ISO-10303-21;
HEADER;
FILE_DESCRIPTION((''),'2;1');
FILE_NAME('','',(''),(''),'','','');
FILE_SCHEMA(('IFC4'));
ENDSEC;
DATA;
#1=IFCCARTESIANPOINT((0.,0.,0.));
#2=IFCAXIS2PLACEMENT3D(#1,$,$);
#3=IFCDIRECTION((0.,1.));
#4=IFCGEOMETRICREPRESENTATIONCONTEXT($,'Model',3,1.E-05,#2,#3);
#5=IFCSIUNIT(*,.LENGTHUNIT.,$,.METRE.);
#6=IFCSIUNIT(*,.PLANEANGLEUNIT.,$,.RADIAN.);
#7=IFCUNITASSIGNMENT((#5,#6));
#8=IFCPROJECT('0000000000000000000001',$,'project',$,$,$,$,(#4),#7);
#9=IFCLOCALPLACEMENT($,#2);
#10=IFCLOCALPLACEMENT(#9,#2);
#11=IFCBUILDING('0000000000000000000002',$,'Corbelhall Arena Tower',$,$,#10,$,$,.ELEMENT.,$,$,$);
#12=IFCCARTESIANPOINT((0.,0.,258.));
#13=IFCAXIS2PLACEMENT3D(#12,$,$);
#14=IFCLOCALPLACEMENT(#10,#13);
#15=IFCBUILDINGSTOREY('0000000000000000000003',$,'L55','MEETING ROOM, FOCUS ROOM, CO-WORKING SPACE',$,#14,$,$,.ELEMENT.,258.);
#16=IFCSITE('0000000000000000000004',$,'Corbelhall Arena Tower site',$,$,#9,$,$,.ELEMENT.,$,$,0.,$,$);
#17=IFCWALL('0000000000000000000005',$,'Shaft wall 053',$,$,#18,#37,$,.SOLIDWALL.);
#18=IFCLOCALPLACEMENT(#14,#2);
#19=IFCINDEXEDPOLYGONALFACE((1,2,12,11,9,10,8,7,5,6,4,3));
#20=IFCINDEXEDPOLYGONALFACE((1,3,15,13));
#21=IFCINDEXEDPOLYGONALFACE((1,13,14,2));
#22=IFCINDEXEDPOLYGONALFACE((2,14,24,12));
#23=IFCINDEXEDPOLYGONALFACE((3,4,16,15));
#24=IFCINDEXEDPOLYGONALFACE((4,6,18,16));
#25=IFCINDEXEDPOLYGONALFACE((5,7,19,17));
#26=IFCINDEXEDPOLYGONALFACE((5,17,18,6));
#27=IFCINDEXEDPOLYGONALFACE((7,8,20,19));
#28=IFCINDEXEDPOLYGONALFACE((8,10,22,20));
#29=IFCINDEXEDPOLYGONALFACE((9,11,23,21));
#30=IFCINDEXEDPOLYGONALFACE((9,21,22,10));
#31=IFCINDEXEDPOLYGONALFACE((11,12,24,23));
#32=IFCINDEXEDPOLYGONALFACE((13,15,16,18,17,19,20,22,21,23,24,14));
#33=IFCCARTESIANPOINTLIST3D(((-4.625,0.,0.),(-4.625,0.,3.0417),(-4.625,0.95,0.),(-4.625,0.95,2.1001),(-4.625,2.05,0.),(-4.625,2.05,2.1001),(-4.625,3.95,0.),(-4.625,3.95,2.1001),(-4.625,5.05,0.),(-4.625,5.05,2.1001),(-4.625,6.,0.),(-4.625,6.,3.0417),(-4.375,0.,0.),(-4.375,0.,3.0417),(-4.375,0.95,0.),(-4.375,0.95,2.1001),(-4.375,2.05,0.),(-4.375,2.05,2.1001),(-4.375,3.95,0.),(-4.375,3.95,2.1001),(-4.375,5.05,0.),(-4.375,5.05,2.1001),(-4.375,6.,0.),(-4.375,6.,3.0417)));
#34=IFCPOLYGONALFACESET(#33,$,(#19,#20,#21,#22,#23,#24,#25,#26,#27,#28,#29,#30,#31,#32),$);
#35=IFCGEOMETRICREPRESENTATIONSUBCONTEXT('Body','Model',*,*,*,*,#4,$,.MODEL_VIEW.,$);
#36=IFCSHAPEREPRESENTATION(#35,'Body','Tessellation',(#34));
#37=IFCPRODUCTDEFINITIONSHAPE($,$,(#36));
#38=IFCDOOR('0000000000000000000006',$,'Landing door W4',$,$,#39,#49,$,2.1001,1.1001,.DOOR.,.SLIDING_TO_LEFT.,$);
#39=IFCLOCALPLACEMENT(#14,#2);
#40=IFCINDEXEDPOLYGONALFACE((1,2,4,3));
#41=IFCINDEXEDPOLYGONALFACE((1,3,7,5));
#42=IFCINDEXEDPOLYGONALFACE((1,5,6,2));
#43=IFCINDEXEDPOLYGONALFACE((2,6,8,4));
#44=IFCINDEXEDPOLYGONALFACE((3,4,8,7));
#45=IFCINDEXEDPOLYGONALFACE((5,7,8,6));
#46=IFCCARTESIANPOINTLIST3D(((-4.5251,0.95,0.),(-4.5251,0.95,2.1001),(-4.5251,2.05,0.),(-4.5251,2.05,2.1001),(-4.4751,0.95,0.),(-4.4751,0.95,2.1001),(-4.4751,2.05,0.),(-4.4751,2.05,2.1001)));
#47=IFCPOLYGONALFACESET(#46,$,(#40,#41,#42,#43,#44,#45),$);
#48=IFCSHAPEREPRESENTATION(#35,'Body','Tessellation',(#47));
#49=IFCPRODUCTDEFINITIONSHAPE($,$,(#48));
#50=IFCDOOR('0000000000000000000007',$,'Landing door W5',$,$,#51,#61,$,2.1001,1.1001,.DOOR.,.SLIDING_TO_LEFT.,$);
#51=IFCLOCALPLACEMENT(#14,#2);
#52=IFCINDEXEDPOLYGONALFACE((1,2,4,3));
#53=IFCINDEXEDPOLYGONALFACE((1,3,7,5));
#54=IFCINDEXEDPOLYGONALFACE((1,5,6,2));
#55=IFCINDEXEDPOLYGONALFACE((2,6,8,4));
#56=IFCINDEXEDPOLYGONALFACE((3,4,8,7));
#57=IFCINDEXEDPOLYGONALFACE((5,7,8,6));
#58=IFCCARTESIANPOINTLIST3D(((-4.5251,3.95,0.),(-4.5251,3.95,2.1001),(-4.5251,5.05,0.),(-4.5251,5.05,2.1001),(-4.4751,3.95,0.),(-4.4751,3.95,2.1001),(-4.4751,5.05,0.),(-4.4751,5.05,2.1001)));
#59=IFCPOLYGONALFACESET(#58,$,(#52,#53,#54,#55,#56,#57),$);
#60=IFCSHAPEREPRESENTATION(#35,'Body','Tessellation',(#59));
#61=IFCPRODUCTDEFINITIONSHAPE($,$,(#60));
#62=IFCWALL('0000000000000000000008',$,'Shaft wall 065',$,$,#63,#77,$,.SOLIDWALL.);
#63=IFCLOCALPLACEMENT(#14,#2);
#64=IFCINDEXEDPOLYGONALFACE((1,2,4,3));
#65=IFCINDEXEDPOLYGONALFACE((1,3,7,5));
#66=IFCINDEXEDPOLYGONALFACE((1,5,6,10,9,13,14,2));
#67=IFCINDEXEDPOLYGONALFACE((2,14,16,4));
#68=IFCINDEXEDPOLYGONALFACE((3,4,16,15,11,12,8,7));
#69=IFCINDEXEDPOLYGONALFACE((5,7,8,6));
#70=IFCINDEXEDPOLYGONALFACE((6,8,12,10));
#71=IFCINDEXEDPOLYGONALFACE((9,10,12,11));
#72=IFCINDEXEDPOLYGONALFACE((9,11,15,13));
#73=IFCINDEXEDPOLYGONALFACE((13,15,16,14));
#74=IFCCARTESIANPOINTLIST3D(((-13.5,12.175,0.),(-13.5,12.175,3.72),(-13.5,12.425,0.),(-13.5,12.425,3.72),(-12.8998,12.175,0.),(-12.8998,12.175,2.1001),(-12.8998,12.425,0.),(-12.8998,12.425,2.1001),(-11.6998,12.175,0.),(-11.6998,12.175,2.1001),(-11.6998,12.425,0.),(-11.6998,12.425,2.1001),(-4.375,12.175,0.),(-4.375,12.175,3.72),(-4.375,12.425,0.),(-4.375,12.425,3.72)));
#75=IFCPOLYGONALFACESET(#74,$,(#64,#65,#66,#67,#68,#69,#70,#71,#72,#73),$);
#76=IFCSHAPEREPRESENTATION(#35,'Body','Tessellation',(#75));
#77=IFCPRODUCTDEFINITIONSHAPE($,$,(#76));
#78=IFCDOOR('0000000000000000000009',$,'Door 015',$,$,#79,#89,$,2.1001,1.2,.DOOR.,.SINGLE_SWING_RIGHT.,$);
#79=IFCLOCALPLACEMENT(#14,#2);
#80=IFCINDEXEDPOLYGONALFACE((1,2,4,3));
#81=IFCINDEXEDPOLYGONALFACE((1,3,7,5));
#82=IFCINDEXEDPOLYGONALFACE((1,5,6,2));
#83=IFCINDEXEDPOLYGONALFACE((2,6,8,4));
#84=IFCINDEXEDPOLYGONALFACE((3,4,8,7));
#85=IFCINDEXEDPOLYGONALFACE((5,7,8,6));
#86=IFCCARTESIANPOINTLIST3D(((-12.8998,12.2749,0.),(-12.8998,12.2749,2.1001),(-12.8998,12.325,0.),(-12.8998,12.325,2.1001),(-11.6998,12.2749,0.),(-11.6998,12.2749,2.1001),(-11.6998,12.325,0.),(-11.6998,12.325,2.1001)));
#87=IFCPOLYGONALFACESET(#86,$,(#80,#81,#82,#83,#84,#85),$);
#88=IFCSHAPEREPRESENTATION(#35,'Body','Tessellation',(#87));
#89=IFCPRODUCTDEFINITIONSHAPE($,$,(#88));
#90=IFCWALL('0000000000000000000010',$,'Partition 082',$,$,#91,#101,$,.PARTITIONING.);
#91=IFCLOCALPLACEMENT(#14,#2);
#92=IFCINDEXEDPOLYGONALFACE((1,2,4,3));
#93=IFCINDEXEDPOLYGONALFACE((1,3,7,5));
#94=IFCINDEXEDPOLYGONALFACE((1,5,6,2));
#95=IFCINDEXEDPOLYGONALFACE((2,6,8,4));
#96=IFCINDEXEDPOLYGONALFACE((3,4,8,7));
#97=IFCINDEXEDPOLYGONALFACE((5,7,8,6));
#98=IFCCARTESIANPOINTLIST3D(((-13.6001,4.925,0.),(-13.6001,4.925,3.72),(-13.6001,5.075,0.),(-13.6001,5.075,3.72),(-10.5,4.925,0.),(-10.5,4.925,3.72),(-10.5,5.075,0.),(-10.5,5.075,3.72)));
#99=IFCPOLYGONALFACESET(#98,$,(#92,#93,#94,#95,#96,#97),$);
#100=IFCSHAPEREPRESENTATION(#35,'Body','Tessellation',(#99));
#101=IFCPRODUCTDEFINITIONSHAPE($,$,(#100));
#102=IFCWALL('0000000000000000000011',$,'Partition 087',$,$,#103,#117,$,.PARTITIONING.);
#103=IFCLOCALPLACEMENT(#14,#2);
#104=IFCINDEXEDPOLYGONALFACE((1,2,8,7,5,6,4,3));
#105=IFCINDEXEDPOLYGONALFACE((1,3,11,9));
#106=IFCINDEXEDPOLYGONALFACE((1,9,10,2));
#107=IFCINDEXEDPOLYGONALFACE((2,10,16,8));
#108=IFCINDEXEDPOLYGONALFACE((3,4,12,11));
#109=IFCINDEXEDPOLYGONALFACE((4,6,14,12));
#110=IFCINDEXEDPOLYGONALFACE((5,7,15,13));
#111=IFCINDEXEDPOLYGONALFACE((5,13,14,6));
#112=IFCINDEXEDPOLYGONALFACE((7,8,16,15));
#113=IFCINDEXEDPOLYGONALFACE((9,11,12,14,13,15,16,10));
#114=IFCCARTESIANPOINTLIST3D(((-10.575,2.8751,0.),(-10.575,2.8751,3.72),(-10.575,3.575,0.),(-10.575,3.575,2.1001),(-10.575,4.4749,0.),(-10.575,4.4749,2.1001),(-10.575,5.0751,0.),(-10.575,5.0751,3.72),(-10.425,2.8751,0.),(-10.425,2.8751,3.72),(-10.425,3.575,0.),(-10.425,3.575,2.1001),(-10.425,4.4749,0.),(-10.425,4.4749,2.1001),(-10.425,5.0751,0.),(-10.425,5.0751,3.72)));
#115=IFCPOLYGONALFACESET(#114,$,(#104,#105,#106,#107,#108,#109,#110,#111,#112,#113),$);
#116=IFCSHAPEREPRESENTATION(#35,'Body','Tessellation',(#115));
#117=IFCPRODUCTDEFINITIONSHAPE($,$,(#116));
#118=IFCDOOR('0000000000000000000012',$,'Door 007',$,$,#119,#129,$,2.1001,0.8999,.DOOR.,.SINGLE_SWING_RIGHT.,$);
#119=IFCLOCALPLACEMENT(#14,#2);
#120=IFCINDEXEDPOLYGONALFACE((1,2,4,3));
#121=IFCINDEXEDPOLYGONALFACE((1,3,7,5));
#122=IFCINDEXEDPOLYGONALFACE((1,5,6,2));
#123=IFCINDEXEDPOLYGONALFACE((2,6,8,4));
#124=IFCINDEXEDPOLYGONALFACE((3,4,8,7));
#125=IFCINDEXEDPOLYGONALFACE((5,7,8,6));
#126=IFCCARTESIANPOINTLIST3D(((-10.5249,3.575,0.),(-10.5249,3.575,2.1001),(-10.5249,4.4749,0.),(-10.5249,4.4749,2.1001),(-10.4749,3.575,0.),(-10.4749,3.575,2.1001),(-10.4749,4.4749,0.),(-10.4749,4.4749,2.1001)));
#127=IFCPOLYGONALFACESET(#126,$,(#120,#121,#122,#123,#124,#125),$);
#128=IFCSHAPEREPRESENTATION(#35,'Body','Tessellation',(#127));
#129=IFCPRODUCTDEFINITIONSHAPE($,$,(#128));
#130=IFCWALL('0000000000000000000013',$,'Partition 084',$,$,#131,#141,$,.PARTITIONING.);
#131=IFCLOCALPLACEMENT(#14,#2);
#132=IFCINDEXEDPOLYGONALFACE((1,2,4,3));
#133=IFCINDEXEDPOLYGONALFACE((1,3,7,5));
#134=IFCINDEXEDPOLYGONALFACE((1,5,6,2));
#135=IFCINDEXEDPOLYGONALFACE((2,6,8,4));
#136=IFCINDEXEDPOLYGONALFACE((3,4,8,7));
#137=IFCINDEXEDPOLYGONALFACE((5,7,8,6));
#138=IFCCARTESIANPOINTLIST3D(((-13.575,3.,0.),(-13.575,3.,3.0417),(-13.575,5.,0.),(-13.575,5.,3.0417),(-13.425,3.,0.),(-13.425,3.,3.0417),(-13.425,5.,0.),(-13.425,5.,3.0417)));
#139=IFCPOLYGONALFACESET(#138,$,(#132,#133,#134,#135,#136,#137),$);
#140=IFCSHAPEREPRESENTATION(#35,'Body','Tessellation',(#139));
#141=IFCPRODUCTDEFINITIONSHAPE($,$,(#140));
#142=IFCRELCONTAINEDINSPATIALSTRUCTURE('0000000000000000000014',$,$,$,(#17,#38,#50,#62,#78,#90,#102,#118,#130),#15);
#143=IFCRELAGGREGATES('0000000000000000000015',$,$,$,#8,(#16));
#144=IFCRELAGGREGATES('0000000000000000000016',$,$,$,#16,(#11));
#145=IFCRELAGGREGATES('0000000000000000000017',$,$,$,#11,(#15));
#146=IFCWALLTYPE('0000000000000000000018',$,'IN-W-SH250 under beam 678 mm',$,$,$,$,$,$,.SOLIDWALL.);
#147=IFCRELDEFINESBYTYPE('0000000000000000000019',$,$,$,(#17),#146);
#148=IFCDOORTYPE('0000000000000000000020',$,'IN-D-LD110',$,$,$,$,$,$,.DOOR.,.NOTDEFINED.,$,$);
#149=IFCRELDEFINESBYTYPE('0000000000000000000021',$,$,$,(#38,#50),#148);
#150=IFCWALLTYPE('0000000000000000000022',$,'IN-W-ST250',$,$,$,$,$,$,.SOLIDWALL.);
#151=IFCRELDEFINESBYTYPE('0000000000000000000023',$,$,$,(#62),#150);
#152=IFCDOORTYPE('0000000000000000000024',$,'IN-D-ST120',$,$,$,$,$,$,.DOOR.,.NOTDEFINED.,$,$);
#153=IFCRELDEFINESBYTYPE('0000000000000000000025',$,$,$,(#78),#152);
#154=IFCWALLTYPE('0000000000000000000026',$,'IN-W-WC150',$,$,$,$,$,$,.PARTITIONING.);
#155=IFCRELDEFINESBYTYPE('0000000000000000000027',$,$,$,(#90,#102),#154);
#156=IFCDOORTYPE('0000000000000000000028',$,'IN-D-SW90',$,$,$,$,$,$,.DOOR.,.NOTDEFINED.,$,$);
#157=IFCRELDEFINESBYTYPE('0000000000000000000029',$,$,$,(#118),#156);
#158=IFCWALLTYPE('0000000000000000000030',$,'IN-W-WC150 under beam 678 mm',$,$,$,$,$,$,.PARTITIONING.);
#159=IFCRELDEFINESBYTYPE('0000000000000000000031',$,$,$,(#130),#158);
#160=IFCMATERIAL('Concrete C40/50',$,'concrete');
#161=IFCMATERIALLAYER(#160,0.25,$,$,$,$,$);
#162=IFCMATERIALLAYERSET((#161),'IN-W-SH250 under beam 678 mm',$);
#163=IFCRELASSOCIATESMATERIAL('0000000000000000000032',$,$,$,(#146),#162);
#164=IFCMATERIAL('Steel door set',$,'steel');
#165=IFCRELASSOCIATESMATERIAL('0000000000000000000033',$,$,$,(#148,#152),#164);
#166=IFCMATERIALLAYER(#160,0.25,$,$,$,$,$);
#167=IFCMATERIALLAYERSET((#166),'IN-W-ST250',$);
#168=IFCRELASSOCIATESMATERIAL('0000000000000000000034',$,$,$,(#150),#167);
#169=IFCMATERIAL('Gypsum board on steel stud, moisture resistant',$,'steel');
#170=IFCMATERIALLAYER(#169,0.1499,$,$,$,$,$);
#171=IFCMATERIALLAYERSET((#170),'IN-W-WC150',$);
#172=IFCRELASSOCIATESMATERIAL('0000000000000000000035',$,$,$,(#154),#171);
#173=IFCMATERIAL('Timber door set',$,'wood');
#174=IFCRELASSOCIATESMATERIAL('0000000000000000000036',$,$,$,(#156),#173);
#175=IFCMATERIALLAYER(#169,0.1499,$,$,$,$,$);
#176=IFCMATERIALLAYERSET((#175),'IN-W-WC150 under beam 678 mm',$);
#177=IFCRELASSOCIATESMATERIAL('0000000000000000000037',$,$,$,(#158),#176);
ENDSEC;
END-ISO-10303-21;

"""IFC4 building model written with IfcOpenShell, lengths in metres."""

from ifc_helpers import new_model, si_unit, direction, frame, frame_2d, origin, place, context, subcontext, project, spatial, rectangle, extrude, material, layer, layer_set, type_object, element, fill, save


model = new_model("IFC4")

# Units and contexts
model_context = context("Model", 3, precision=1e-05, world=origin(), true_north=direction((0.0, 1.0)))
body_context = subcontext(model_context, "Body", "Model", "MODEL_VIEW")
ifc_project = project(units=[si_unit("LENGTHUNIT", "METRE"), si_unit("PLANEANGLEUNIT", "RADIAN")], contexts=[model_context])

# Site, building, storey
site_placement = place(None, origin())
site = spatial("IfcSite", under=ifc_project, at=site_placement, Name="Corbelhall Arena Tower site", CompositionType="ELEMENT", RefElevation=0.0)
building_placement = place(site_placement, origin())
building = spatial("IfcBuilding", under=site, at=building_placement, Name="Corbelhall Arena Tower", CompositionType="ELEMENT")
storey_placement = place(building_placement, frame((0.0, 0.0, 258.0)))
storey = spatial("IfcBuildingStorey", under=building, at=storey_placement, Name="L55", Description="MEETING ROOM, FOCUS ROOM, CO-WORKING SPACE", CompositionType="ELEMENT", Elevation=258.0)

# Shared definitions
ifc_material_1 = material(Name="Steel door set", Category="steel")

# Shared definitions
ifc_material_2 = material(Name="Concrete C40/50", Category="concrete")

# Wall, openings, doors
ifc_layer_1 = layer(ifc_material_2, 0.25)
ifc_layer_set_1 = layer_set([ifc_layer_1], Name="IN-W-SH250 under beam 678 mm")
wall_type_1 = type_object("IfcWallType", Name="IN-W-SH250 under beam 678 mm", PredefinedType="SOLIDWALL", material=ifc_layer_set_1)
wall_1_placement = place(storey_placement, frame((-4.5, 6.0, 0.0), z_axis=(0.0, 0.0, 1.0), x_axis=(0.0, -1.0, 0.0)))
wall_1 = element("IfcWall", 1, at=wall_1_placement, inside=storey, type_object=wall_type_1, Name="Shaft wall 053", PredefinedType="SOLIDWALL", context=body_context, shape_type="SweptSolid", body=[
    extrude(rectangle(XDim=6.0, YDim=0.25, at=frame_2d((3.0, 0.0))), origin(), (0.0, 0.0, 1.0), 3.0417),
])
opening_1_placement = place(wall_1_placement, frame((3.95, 0.0, 0.0)))
opening_1 = element("IfcOpeningElement", 2, at=opening_1_placement, cuts=wall_1, PredefinedType="OPENING", context=body_context, shape_type="SweptSolid", body=[
    extrude(rectangle(XDim=1.1001, YDim=2.1001, at=frame_2d((0.55, 1.05))), frame((0.0, 0.125, 0.0), z_axis=(0.0, -1.0, 0.0), x_axis=(1.0, 0.0, 0.0)), (0.0, 0.0, 1.0), 0.25),
])
opening_2_placement = place(wall_1_placement, frame((0.95, 0.0, 0.0)))
opening_2 = element("IfcOpeningElement", 3, at=opening_2_placement, cuts=wall_1, PredefinedType="OPENING", context=body_context, shape_type="SweptSolid", body=[
    extrude(rectangle(XDim=1.1001, YDim=2.1001, at=frame_2d((0.55, 1.05))), frame((0.0, 0.125, 0.0), z_axis=(0.0, -1.0, 0.0), x_axis=(1.0, 0.0, 0.0)), (0.0, 0.0, 1.0), 0.25),
])
door_type_1 = type_object("IfcDoorType", Name="IN-D-LD110", OperationType="NOTDEFINED", PredefinedType="DOOR", material=ifc_material_1)
door_1_placement = place(opening_1_placement, origin())
door_1 = element("IfcDoor", 4, at=door_1_placement, inside=storey, type_object=door_type_1, Name="Landing door W4", OperationType="SLIDING_TO_LEFT", OverallHeight=2.1001, OverallWidth=1.1001, PredefinedType="DOOR", context=body_context, shape_type="SweptSolid", body=[
    extrude(rectangle(XDim=1.1001, YDim=2.1001, at=frame_2d((0.55, 1.05))), frame((0.0, 0.0249, 0.0), z_axis=(0.0, -1.0, 0.0), x_axis=(1.0, 0.0, 0.0)), (0.0, 0.0, 1.0), 0.05),
])
fill(opening_1, door_1)
door_2_placement = place(opening_2_placement, origin())
door_2 = element("IfcDoor", 5, at=door_2_placement, inside=storey, type_object=door_type_1, Name="Landing door W5", OperationType="SLIDING_TO_LEFT", OverallHeight=2.1001, OverallWidth=1.1001, PredefinedType="DOOR", context=body_context, shape_type="SweptSolid", body=[
    extrude(rectangle(XDim=1.1001, YDim=2.1001, at=frame_2d((0.55, 1.05))), frame((0.0, 0.0249, 0.0), z_axis=(0.0, -1.0, 0.0), x_axis=(1.0, 0.0, 0.0)), (0.0, 0.0, 1.0), 0.05),
])
fill(opening_2, door_2)

# Wall, opening, door
ifc_layer_2 = layer(ifc_material_2, 0.25)
ifc_layer_set_2 = layer_set([ifc_layer_2], Name="IN-W-ST250")
wall_type_2 = type_object("IfcWallType", Name="IN-W-ST250", PredefinedType="SOLIDWALL", material=ifc_layer_set_2)
wall_2_placement = place(storey_placement, frame((-13.5, 12.3, 0.0), z_axis=(0.0, 0.0, 1.0), x_axis=(1.0, 0.0, 0.0)))
wall_2 = element("IfcWall", 6, at=wall_2_placement, inside=storey, type_object=wall_type_2, Name="Shaft wall 065", PredefinedType="SOLIDWALL", context=body_context, shape_type="SweptSolid", body=[
    extrude(rectangle(XDim=9.125, YDim=0.25, at=frame_2d((4.5625, 0.0))), origin(), (0.0, 0.0, 1.0), 3.72),
])
opening_3_placement = place(wall_2_placement, frame((0.6001, 0.0, 0.0)))
opening_3 = element("IfcOpeningElement", 7, at=opening_3_placement, cuts=wall_2, PredefinedType="OPENING", context=body_context, shape_type="SweptSolid", body=[
    extrude(rectangle(XDim=1.2, YDim=2.1001, at=frame_2d((0.6001, 1.05))), frame((0.0, 0.125, 0.0), z_axis=(0.0, -1.0, 0.0), x_axis=(1.0, 0.0, 0.0)), (0.0, 0.0, 1.0), 0.25),
])
door_type_2 = type_object("IfcDoorType", Name="IN-D-ST120", OperationType="NOTDEFINED", PredefinedType="DOOR", material=ifc_material_1)
door_3_placement = place(opening_3_placement, origin())
door_3 = element("IfcDoor", 8, at=door_3_placement, inside=storey, type_object=door_type_2, Name="Door 015", OperationType="SINGLE_SWING_RIGHT", OverallHeight=2.1001, OverallWidth=1.2, PredefinedType="DOOR", context=body_context, shape_type="SweptSolid", body=[
    extrude(rectangle(XDim=1.2, YDim=2.1001, at=frame_2d((0.6001, 1.05))), frame((0.0, 0.0249, 0.0), z_axis=(0.0, -1.0, 0.0), x_axis=(1.0, 0.0, 0.0)), (0.0, 0.0, 1.0), 0.05),
])
fill(opening_3, door_3)

# Wall
ifc_material_3 = material(Name="Gypsum board on steel stud, moisture resistant", Category="steel")
ifc_layer_3 = layer(ifc_material_3, 0.1499)
ifc_layer_set_3 = layer_set([ifc_layer_3], Name="IN-W-WC150")
wall_type_3 = type_object("IfcWallType", Name="IN-W-WC150", PredefinedType="PARTITIONING", material=ifc_layer_set_3)
wall_3_placement = place(storey_placement, frame((-13.6001, 5.0, 0.0), z_axis=(0.0, 0.0, 1.0), x_axis=(1.0, 0.0, 0.0)))
element("IfcWall", 9, at=wall_3_placement, inside=storey, type_object=wall_type_3, Name="Partition 082", PredefinedType="PARTITIONING", context=body_context, shape_type="SweptSolid", body=[
    extrude(rectangle(XDim=3.1001, YDim=0.1499, at=frame_2d((1.55, 0.0))), origin(), (0.0, 0.0, 1.0), 3.72),
])

# Wall, opening, door
wall_4_placement = place(storey_placement, frame((-10.5, 2.875, 0.0), z_axis=(0.0, 0.0, 1.0), x_axis=(0.0, 1.0, 0.0)))
wall_4 = element("IfcWall", 10, at=wall_4_placement, inside=storey, type_object=wall_type_3, Name="Partition 087", PredefinedType="PARTITIONING", context=body_context, shape_type="SweptSolid", body=[
    extrude(rectangle(XDim=2.2, YDim=0.1499, at=frame_2d((1.1001, 0.0))), origin(), (0.0, 0.0, 1.0), 3.72),
])
opening_4_placement = place(wall_4_placement, frame((0.7, 0.0, 0.0)))
opening_4 = element("IfcOpeningElement", 11, at=opening_4_placement, cuts=wall_4, PredefinedType="OPENING", context=body_context, shape_type="SweptSolid", body=[
    extrude(rectangle(XDim=0.8999, YDim=2.1001, at=frame_2d((0.45, 1.05))), frame((0.0, 0.075, 0.0), z_axis=(0.0, -1.0, 0.0), x_axis=(1.0, 0.0, 0.0)), (0.0, 0.0, 1.0), 0.1499),
])
ifc_material_4 = material(Name="Timber door set", Category="wood")
door_type_3 = type_object("IfcDoorType", Name="IN-D-SW90", OperationType="NOTDEFINED", PredefinedType="DOOR", material=ifc_material_4)
door_4_placement = place(opening_4_placement, origin())
door_4 = element("IfcDoor", 12, at=door_4_placement, inside=storey, type_object=door_type_3, Name="Door 007", OperationType="SINGLE_SWING_RIGHT", OverallHeight=2.1001, OverallWidth=0.8999, PredefinedType="DOOR", context=body_context, shape_type="SweptSolid", body=[
    extrude(rectangle(XDim=0.8999, YDim=2.1001, at=frame_2d((0.45, 1.05))), frame((0.0, 0.0249, 0.0), z_axis=(0.0, -1.0, 0.0), x_axis=(1.0, 0.0, 0.0)), (0.0, 0.0, 1.0), 0.05),
])
fill(opening_4, door_4)

# Wall
ifc_layer_4 = layer(ifc_material_3, 0.1499)
ifc_layer_set_4 = layer_set([ifc_layer_4], Name="IN-W-WC150 under beam 678 mm")
wall_type_4 = type_object("IfcWallType", Name="IN-W-WC150 under beam 678 mm", PredefinedType="PARTITIONING", material=ifc_layer_set_4)
wall_5_placement = place(storey_placement, frame((-13.5, 3.0, 0.0), z_axis=(0.0, 0.0, 1.0), x_axis=(0.0, 1.0, 0.0)))
element("IfcWall", 13, at=wall_5_placement, inside=storey, type_object=wall_type_4, Name="Partition 084", PredefinedType="PARTITIONING", context=body_context, shape_type="SweptSolid", body=[
    extrude(rectangle(XDim=2.0, YDim=0.1499, at=frame_2d((1.0, 0.0))), origin(), (0.0, 0.0, 1.0), 3.0417),
])

save(model, "model.ifc")
